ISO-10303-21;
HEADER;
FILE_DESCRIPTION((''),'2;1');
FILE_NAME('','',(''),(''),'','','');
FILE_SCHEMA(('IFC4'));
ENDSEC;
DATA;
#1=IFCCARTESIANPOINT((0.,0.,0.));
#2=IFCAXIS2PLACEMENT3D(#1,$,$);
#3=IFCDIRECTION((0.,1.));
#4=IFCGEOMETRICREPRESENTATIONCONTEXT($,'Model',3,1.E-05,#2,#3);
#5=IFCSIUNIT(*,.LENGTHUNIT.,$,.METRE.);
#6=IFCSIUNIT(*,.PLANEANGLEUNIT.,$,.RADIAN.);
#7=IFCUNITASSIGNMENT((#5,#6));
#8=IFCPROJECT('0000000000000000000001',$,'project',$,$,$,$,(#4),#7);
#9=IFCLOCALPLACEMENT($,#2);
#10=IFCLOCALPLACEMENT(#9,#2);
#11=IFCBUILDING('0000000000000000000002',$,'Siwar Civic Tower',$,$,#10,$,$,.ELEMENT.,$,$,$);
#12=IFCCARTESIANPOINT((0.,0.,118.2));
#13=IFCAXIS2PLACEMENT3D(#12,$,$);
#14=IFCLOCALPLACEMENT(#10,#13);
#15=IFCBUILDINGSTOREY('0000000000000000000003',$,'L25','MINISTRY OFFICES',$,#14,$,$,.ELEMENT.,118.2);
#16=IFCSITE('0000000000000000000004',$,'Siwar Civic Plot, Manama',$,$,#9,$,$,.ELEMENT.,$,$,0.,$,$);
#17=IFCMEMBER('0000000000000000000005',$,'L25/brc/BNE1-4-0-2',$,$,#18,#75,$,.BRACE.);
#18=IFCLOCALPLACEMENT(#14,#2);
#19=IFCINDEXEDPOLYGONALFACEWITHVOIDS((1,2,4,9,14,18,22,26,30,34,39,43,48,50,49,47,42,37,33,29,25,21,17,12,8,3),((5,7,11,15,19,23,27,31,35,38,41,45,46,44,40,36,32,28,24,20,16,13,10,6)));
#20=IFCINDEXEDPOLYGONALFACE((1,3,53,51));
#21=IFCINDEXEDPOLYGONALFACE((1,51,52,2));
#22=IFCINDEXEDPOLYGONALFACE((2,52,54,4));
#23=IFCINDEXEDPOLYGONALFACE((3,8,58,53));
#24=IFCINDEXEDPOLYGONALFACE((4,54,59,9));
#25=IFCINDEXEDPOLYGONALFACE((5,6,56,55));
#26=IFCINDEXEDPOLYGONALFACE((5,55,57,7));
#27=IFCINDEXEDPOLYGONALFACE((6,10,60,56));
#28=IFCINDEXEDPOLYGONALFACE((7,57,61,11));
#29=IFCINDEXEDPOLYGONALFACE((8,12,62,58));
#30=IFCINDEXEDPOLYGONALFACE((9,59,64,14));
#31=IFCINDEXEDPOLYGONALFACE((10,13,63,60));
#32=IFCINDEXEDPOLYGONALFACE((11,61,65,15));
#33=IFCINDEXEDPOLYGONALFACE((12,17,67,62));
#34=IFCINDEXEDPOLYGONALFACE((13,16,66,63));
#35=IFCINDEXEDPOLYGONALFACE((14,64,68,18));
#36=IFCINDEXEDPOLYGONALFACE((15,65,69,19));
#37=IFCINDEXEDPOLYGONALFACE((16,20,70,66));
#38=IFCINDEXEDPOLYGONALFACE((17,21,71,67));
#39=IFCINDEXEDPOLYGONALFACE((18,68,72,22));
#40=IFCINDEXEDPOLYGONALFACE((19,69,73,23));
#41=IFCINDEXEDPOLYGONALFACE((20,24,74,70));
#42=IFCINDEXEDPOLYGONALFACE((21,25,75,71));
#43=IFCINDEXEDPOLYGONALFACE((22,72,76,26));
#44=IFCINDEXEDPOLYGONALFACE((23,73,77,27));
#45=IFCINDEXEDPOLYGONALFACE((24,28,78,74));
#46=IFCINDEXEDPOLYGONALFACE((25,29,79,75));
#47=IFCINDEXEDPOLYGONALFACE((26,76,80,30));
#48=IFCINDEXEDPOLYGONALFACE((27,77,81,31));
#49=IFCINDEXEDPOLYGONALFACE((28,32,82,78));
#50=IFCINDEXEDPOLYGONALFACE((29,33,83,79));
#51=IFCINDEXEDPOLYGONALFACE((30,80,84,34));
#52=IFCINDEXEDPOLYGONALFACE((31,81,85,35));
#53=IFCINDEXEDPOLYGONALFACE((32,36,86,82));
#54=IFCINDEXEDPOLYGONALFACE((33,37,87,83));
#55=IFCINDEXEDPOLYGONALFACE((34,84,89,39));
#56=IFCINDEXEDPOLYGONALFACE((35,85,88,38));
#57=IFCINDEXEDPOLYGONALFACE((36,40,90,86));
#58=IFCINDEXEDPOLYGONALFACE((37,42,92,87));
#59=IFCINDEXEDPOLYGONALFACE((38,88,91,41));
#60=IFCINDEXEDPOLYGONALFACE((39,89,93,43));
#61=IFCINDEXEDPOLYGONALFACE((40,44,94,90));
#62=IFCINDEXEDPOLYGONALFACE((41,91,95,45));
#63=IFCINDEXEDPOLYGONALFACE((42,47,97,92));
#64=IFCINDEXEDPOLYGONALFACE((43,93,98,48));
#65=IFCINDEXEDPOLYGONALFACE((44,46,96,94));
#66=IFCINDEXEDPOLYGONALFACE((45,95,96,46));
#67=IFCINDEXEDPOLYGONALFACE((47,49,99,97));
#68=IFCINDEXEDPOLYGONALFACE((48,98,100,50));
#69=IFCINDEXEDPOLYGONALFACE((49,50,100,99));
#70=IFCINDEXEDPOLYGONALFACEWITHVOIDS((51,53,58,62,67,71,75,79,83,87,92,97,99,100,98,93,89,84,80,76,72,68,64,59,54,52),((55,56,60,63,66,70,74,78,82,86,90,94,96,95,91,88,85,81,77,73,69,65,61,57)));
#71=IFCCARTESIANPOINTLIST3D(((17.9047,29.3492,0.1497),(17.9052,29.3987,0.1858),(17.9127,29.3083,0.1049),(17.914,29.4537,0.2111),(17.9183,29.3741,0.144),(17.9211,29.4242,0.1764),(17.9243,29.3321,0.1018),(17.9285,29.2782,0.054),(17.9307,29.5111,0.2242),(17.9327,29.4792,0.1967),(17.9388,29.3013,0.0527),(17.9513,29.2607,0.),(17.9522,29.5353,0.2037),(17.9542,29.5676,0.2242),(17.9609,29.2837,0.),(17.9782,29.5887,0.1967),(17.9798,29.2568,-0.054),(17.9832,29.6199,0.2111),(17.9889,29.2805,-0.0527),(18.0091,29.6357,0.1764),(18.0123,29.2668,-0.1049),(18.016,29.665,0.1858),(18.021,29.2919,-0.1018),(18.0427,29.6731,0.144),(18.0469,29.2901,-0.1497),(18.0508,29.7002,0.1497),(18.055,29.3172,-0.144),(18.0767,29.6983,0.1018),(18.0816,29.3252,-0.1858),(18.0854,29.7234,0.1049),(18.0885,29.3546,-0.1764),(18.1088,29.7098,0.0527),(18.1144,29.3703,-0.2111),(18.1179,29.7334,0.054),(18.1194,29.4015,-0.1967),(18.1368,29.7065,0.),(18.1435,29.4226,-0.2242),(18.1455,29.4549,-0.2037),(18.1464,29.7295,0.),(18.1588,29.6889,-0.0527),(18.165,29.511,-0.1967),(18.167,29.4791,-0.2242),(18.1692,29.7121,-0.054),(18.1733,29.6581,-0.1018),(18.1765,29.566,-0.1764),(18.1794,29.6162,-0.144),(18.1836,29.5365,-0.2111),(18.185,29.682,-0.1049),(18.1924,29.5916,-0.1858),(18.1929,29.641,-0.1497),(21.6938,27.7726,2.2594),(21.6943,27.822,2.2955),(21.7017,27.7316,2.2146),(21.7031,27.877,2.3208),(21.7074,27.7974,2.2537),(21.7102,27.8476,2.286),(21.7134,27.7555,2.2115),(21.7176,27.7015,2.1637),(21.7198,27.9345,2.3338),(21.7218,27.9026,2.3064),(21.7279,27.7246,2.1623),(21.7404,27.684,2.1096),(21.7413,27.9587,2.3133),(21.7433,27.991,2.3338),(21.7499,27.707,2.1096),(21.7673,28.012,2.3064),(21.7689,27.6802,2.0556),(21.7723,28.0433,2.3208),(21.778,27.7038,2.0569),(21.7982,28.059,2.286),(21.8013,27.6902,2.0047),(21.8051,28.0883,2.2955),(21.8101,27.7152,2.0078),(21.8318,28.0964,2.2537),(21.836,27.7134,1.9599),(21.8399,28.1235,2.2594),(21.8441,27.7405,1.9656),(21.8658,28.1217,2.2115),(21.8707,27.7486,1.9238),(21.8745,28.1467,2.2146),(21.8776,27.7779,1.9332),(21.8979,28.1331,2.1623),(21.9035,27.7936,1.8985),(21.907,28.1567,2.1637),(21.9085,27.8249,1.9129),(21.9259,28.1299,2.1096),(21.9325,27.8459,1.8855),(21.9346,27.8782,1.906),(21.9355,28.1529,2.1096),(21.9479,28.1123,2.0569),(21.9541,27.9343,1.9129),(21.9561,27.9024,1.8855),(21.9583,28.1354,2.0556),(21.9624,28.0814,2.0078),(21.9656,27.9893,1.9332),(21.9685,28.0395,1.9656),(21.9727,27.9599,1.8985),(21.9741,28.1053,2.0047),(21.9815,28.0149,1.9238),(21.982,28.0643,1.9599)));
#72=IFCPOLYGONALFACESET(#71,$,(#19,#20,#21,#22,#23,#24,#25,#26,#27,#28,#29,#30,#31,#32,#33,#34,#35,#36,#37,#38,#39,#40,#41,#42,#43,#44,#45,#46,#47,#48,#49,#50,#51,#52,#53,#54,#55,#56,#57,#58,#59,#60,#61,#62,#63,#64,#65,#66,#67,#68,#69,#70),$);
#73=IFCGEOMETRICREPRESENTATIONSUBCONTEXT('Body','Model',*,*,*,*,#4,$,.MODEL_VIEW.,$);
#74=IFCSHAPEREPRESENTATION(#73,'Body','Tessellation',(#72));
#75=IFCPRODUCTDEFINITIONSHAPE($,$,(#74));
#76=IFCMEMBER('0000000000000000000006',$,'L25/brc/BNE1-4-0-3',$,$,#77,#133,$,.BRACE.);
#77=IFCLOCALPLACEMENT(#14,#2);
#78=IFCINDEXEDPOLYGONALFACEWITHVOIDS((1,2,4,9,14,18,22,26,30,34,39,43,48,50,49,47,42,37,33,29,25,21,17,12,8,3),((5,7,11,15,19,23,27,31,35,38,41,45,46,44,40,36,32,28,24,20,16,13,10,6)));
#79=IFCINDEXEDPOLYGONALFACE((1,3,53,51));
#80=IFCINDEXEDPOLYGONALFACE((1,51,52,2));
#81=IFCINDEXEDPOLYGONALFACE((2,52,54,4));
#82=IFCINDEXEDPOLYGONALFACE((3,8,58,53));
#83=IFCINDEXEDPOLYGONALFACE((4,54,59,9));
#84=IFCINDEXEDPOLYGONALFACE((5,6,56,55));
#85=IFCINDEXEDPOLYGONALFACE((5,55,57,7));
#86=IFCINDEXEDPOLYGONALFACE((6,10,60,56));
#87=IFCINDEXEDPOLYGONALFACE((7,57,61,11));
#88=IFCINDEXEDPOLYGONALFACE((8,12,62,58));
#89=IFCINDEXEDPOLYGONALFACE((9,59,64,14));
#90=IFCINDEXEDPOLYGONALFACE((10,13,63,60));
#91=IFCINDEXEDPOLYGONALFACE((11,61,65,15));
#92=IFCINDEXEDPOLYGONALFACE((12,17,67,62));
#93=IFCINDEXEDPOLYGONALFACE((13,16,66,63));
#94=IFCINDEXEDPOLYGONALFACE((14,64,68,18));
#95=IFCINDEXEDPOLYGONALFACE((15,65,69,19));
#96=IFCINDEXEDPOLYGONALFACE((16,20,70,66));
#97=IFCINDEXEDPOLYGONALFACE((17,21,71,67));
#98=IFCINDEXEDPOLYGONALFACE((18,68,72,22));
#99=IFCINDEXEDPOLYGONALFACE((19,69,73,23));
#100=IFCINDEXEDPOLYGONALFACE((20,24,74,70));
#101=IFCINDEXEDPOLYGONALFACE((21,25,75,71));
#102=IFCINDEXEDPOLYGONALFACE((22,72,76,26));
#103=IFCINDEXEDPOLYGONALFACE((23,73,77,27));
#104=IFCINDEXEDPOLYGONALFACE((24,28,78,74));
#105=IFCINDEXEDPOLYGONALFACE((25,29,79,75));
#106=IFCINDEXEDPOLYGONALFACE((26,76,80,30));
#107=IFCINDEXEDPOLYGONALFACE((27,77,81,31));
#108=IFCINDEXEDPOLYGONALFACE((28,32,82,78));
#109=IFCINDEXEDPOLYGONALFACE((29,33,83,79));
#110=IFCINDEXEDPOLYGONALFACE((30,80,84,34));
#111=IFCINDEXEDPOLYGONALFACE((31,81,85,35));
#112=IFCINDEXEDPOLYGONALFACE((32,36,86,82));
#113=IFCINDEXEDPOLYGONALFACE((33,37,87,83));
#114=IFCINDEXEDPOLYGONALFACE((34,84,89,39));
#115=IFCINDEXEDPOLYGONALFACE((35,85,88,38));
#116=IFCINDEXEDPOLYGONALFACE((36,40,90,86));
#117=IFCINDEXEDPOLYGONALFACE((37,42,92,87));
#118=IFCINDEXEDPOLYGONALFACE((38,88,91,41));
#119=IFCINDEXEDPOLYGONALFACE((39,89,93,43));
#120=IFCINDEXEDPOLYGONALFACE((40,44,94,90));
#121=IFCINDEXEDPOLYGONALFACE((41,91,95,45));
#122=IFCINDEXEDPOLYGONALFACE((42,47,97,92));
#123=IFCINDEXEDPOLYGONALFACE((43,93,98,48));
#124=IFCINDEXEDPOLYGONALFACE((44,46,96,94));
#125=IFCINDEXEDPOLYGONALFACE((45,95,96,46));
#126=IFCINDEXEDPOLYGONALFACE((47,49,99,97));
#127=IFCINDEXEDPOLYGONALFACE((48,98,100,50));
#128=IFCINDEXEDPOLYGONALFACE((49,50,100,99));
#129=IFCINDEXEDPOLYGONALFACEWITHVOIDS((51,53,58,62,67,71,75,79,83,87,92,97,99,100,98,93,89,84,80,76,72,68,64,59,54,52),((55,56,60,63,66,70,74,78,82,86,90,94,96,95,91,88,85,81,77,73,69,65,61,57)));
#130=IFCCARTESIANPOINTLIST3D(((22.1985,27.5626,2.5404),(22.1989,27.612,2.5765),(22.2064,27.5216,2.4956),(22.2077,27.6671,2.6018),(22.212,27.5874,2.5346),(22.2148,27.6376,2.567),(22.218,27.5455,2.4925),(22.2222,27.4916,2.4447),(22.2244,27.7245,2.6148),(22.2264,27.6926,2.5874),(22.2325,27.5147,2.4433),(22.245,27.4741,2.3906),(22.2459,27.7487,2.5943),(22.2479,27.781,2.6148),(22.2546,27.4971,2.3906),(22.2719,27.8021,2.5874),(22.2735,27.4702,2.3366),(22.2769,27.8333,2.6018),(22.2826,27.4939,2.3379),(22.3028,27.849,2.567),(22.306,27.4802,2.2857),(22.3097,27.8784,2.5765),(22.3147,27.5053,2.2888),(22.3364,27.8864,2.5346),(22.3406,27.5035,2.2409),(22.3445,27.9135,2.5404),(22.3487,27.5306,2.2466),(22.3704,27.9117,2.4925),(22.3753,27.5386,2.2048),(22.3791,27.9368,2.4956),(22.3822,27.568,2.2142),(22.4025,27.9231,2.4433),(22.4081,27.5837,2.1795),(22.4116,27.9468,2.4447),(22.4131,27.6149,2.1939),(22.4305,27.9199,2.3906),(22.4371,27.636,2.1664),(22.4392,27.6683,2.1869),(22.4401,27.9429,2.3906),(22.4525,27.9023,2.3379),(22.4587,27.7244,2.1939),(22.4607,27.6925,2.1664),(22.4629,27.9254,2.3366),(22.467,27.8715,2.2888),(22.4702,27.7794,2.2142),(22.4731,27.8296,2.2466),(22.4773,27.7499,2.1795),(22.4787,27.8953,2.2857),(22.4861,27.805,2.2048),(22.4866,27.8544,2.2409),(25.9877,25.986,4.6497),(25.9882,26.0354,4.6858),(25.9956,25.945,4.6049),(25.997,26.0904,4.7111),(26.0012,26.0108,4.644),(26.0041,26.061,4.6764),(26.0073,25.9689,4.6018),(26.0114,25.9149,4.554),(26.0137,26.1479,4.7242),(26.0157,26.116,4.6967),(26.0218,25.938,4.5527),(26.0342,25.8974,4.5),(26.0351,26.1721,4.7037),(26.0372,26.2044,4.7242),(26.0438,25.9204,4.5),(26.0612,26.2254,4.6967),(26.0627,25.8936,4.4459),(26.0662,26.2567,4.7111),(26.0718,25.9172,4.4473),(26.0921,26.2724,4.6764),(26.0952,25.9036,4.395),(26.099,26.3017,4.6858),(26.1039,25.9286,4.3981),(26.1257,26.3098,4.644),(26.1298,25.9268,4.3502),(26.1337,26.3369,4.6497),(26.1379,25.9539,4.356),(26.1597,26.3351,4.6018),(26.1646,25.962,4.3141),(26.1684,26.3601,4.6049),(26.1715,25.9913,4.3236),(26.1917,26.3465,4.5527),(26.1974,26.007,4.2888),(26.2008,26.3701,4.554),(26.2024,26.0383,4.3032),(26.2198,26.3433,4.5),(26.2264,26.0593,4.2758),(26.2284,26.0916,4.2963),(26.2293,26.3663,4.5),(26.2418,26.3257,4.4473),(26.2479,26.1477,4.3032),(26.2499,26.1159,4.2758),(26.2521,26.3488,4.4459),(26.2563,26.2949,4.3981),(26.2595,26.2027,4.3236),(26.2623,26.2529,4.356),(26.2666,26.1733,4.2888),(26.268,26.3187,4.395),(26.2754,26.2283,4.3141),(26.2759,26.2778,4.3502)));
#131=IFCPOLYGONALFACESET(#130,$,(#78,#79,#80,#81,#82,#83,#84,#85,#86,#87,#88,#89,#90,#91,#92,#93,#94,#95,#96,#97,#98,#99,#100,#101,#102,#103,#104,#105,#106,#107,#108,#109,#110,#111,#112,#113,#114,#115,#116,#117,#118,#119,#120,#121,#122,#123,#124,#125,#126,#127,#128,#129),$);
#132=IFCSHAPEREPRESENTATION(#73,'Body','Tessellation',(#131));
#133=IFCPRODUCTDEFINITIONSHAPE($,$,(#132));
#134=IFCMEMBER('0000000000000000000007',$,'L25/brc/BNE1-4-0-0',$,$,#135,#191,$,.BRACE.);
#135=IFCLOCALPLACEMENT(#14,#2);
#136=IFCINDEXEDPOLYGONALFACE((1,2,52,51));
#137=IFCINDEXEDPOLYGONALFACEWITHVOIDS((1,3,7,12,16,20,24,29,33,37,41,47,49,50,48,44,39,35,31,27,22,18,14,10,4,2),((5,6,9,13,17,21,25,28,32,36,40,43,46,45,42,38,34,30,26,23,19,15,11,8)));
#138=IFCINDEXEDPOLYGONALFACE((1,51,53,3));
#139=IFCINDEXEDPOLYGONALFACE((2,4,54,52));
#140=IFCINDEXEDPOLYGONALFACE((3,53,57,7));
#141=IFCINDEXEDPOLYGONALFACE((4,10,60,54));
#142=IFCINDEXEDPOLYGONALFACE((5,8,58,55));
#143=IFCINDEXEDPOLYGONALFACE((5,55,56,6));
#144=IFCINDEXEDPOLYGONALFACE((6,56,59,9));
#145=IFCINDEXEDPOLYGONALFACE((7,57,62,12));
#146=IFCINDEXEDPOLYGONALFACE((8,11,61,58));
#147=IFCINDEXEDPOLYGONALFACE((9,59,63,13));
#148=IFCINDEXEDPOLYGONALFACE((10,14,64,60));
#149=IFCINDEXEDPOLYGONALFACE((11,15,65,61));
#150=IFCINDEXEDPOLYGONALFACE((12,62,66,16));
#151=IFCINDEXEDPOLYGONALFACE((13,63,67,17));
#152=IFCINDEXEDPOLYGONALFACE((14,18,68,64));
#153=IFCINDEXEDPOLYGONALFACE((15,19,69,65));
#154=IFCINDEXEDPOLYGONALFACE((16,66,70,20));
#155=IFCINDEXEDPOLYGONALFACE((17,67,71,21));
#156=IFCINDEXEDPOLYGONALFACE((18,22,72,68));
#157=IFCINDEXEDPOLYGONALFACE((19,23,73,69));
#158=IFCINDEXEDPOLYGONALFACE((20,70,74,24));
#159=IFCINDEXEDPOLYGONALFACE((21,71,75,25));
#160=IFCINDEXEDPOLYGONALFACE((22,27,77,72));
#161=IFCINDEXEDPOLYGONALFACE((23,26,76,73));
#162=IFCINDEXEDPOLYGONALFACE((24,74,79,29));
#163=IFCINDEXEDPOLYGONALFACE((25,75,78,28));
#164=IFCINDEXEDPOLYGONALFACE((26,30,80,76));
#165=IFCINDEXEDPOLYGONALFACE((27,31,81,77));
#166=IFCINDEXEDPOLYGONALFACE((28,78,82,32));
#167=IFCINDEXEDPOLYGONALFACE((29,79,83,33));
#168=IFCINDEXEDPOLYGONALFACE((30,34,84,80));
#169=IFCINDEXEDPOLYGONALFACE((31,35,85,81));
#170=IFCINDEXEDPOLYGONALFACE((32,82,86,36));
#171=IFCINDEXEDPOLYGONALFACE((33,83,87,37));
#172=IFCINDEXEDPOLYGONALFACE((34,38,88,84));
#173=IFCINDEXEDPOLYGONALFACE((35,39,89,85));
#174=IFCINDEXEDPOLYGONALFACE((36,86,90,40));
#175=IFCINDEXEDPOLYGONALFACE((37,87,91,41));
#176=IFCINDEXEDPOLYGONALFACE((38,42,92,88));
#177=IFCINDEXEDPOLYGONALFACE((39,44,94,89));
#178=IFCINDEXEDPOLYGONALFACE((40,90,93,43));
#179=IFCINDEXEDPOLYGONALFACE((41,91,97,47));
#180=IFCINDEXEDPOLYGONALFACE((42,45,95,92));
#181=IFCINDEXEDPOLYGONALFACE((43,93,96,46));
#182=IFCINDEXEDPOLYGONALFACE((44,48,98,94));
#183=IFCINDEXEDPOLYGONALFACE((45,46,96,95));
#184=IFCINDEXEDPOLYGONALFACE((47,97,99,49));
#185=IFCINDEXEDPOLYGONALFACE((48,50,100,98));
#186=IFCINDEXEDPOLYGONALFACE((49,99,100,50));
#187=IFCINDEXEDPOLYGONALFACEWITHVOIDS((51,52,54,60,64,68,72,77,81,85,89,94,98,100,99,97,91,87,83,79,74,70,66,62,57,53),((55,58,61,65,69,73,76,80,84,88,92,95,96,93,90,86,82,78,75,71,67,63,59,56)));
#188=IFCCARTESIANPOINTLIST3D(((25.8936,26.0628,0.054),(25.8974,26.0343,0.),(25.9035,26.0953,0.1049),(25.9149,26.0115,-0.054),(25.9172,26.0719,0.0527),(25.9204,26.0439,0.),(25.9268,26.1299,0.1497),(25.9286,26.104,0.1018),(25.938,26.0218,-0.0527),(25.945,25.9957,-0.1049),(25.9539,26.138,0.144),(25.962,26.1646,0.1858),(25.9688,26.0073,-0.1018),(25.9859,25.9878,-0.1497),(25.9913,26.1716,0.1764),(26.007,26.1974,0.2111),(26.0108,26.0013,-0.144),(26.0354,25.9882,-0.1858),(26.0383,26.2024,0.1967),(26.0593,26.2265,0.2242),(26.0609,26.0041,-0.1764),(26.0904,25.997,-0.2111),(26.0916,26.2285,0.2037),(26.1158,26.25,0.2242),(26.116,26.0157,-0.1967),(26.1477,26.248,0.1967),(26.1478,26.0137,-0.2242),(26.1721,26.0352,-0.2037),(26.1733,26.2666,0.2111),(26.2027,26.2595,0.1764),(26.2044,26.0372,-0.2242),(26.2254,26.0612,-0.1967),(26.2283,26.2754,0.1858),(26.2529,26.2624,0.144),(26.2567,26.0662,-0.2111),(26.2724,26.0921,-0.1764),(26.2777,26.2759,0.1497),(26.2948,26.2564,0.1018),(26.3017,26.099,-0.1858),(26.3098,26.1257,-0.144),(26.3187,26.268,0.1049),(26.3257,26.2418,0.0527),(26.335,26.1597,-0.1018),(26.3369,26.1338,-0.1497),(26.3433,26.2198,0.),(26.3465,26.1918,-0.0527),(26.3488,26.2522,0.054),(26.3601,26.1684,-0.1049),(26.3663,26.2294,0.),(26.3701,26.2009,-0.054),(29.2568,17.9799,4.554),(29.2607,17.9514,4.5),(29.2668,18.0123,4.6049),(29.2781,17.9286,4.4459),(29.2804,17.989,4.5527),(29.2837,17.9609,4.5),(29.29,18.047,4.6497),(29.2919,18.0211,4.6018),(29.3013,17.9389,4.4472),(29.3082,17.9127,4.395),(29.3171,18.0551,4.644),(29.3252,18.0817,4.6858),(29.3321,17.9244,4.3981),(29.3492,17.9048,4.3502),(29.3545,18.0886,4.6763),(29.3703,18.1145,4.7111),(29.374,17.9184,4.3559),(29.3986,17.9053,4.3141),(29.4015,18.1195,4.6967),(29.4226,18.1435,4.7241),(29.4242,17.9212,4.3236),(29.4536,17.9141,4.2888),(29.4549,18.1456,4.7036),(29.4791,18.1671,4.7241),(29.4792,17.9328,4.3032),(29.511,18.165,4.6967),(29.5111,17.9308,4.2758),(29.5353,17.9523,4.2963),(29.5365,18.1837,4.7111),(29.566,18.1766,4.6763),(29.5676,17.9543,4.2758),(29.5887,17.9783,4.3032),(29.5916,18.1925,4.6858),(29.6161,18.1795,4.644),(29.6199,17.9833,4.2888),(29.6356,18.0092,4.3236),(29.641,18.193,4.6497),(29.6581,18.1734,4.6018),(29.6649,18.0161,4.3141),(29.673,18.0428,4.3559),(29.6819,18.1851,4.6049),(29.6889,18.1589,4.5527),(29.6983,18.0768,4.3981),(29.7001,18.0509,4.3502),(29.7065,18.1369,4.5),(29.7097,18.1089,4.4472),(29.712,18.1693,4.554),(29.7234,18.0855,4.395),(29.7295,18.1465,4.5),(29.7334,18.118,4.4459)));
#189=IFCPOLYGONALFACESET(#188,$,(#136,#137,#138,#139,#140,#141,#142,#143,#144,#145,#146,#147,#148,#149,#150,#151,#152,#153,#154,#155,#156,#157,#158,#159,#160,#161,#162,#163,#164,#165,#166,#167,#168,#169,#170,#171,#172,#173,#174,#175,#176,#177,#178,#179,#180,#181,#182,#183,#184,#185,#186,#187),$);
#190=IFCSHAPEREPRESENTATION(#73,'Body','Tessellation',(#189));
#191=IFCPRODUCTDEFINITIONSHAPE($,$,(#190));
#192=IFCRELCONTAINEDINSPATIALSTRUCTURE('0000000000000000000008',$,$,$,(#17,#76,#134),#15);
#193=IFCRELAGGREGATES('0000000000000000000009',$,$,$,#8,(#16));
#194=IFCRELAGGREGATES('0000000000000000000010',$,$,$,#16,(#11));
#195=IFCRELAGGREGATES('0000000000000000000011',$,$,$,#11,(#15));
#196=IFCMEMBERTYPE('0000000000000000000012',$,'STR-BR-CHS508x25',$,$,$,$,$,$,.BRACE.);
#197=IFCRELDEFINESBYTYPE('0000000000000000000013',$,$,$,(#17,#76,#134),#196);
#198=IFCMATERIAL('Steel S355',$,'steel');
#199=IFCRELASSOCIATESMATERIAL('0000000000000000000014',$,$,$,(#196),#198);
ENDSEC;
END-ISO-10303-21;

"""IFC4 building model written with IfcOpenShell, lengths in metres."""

from ifc_helpers import new_model, si_unit, direction, frame, origin, origin_2d, place, context, subcontext, project, spatial, hollow_circle, extrude, material, material_profile, profile_set, type_object, element, save


model = new_model("IFC4")

# Units and contexts
model_context = context("Model", 3, precision=1e-05, world=origin(), true_north=direction((0.0, 1.0)))
body_context = subcontext(model_context, "Body", "Model", "MODEL_VIEW")
ifc_project = project(units=[si_unit("LENGTHUNIT", "METRE"), si_unit("PLANEANGLEUNIT", "RADIAN")], contexts=[model_context])

# Site, building, storey
site_placement = place(None, origin())
site = spatial("IfcSite", under=ifc_project, at=site_placement, Name="Siwar Civic Plot, Manama", CompositionType="ELEMENT", RefElevation=0.0)
building_placement = place(site_placement, origin())
building = spatial("IfcBuilding", under=site, at=building_placement, Name="Siwar Civic Tower", CompositionType="ELEMENT")
storey_placement = place(building_placement, frame((0.0, 0.0, 118.2)))
storey = spatial("IfcBuildingStorey", under=building, at=storey_placement, Name="L25", Description="MINISTRY OFFICES", CompositionType="ELEMENT", Elevation=118.2)

# Members
ifc_material_1 = material(Name="Steel S355", Category="steel")
ifc_material_profile_1 = material_profile(ifc_material_1, hollow_circle(Radius=0.2539, WallThickness=0.0249, at=origin_2d()), Name="CHS508x25")
ifc_profile_set_1 = profile_set([ifc_material_profile_1], Name="Steel S355")
member_type_1 = type_object("IfcMemberType", Name="STR-BR-CHS508x25", PredefinedType="BRACE", material=ifc_profile_set_1)
for number, where, z_axis, x_axis, name in (
    (1, (18.0488, 29.4951, 0.0), (0.821126, -0.341677, 0.457175), (0.384176, 0.92326, 0.0), "L25/brc/BNE1-4-0-2"),
    (2, (22.3425, 27.7085, 2.3906), (0.821163, -0.341671, 0.457113), (0.384155, 0.923269, 0.0), "L25/brc/BNE1-4-0-3"),
):
    element("IfcMember", number, at=place(storey_placement, frame(where, z_axis=z_axis, x_axis=x_axis)), inside=storey, type_object=member_type_1, Name=name, PredefinedType="BRACE", context=body_context, shape_type="SweptSolid", body=[
        extrude(hollow_circle(Radius=0.2539, WallThickness=0.0249, at=origin_2d()), origin(), (0.0, 0.0, 1.0), 4.6145),
    ])
member_1_placement = place(storey_placement, frame((26.1318, 26.1318, 0.0), z_axis=(0.341671, -0.821143, 0.457149), x_axis=(0.923265, 0.384164, 0.0)))
element("IfcMember", 3, at=member_1_placement, inside=storey, type_object=member_type_1, Name="L25/brc/BNE1-4-0-0", PredefinedType="BRACE", context=body_context, shape_type="SweptSolid", body=[
    extrude(hollow_circle(Radius=0.2539, WallThickness=0.0249, at=origin_2d()), origin(), (0.0, 0.0, 1.0), 9.8435),
])

save(model, "model.ifc")
